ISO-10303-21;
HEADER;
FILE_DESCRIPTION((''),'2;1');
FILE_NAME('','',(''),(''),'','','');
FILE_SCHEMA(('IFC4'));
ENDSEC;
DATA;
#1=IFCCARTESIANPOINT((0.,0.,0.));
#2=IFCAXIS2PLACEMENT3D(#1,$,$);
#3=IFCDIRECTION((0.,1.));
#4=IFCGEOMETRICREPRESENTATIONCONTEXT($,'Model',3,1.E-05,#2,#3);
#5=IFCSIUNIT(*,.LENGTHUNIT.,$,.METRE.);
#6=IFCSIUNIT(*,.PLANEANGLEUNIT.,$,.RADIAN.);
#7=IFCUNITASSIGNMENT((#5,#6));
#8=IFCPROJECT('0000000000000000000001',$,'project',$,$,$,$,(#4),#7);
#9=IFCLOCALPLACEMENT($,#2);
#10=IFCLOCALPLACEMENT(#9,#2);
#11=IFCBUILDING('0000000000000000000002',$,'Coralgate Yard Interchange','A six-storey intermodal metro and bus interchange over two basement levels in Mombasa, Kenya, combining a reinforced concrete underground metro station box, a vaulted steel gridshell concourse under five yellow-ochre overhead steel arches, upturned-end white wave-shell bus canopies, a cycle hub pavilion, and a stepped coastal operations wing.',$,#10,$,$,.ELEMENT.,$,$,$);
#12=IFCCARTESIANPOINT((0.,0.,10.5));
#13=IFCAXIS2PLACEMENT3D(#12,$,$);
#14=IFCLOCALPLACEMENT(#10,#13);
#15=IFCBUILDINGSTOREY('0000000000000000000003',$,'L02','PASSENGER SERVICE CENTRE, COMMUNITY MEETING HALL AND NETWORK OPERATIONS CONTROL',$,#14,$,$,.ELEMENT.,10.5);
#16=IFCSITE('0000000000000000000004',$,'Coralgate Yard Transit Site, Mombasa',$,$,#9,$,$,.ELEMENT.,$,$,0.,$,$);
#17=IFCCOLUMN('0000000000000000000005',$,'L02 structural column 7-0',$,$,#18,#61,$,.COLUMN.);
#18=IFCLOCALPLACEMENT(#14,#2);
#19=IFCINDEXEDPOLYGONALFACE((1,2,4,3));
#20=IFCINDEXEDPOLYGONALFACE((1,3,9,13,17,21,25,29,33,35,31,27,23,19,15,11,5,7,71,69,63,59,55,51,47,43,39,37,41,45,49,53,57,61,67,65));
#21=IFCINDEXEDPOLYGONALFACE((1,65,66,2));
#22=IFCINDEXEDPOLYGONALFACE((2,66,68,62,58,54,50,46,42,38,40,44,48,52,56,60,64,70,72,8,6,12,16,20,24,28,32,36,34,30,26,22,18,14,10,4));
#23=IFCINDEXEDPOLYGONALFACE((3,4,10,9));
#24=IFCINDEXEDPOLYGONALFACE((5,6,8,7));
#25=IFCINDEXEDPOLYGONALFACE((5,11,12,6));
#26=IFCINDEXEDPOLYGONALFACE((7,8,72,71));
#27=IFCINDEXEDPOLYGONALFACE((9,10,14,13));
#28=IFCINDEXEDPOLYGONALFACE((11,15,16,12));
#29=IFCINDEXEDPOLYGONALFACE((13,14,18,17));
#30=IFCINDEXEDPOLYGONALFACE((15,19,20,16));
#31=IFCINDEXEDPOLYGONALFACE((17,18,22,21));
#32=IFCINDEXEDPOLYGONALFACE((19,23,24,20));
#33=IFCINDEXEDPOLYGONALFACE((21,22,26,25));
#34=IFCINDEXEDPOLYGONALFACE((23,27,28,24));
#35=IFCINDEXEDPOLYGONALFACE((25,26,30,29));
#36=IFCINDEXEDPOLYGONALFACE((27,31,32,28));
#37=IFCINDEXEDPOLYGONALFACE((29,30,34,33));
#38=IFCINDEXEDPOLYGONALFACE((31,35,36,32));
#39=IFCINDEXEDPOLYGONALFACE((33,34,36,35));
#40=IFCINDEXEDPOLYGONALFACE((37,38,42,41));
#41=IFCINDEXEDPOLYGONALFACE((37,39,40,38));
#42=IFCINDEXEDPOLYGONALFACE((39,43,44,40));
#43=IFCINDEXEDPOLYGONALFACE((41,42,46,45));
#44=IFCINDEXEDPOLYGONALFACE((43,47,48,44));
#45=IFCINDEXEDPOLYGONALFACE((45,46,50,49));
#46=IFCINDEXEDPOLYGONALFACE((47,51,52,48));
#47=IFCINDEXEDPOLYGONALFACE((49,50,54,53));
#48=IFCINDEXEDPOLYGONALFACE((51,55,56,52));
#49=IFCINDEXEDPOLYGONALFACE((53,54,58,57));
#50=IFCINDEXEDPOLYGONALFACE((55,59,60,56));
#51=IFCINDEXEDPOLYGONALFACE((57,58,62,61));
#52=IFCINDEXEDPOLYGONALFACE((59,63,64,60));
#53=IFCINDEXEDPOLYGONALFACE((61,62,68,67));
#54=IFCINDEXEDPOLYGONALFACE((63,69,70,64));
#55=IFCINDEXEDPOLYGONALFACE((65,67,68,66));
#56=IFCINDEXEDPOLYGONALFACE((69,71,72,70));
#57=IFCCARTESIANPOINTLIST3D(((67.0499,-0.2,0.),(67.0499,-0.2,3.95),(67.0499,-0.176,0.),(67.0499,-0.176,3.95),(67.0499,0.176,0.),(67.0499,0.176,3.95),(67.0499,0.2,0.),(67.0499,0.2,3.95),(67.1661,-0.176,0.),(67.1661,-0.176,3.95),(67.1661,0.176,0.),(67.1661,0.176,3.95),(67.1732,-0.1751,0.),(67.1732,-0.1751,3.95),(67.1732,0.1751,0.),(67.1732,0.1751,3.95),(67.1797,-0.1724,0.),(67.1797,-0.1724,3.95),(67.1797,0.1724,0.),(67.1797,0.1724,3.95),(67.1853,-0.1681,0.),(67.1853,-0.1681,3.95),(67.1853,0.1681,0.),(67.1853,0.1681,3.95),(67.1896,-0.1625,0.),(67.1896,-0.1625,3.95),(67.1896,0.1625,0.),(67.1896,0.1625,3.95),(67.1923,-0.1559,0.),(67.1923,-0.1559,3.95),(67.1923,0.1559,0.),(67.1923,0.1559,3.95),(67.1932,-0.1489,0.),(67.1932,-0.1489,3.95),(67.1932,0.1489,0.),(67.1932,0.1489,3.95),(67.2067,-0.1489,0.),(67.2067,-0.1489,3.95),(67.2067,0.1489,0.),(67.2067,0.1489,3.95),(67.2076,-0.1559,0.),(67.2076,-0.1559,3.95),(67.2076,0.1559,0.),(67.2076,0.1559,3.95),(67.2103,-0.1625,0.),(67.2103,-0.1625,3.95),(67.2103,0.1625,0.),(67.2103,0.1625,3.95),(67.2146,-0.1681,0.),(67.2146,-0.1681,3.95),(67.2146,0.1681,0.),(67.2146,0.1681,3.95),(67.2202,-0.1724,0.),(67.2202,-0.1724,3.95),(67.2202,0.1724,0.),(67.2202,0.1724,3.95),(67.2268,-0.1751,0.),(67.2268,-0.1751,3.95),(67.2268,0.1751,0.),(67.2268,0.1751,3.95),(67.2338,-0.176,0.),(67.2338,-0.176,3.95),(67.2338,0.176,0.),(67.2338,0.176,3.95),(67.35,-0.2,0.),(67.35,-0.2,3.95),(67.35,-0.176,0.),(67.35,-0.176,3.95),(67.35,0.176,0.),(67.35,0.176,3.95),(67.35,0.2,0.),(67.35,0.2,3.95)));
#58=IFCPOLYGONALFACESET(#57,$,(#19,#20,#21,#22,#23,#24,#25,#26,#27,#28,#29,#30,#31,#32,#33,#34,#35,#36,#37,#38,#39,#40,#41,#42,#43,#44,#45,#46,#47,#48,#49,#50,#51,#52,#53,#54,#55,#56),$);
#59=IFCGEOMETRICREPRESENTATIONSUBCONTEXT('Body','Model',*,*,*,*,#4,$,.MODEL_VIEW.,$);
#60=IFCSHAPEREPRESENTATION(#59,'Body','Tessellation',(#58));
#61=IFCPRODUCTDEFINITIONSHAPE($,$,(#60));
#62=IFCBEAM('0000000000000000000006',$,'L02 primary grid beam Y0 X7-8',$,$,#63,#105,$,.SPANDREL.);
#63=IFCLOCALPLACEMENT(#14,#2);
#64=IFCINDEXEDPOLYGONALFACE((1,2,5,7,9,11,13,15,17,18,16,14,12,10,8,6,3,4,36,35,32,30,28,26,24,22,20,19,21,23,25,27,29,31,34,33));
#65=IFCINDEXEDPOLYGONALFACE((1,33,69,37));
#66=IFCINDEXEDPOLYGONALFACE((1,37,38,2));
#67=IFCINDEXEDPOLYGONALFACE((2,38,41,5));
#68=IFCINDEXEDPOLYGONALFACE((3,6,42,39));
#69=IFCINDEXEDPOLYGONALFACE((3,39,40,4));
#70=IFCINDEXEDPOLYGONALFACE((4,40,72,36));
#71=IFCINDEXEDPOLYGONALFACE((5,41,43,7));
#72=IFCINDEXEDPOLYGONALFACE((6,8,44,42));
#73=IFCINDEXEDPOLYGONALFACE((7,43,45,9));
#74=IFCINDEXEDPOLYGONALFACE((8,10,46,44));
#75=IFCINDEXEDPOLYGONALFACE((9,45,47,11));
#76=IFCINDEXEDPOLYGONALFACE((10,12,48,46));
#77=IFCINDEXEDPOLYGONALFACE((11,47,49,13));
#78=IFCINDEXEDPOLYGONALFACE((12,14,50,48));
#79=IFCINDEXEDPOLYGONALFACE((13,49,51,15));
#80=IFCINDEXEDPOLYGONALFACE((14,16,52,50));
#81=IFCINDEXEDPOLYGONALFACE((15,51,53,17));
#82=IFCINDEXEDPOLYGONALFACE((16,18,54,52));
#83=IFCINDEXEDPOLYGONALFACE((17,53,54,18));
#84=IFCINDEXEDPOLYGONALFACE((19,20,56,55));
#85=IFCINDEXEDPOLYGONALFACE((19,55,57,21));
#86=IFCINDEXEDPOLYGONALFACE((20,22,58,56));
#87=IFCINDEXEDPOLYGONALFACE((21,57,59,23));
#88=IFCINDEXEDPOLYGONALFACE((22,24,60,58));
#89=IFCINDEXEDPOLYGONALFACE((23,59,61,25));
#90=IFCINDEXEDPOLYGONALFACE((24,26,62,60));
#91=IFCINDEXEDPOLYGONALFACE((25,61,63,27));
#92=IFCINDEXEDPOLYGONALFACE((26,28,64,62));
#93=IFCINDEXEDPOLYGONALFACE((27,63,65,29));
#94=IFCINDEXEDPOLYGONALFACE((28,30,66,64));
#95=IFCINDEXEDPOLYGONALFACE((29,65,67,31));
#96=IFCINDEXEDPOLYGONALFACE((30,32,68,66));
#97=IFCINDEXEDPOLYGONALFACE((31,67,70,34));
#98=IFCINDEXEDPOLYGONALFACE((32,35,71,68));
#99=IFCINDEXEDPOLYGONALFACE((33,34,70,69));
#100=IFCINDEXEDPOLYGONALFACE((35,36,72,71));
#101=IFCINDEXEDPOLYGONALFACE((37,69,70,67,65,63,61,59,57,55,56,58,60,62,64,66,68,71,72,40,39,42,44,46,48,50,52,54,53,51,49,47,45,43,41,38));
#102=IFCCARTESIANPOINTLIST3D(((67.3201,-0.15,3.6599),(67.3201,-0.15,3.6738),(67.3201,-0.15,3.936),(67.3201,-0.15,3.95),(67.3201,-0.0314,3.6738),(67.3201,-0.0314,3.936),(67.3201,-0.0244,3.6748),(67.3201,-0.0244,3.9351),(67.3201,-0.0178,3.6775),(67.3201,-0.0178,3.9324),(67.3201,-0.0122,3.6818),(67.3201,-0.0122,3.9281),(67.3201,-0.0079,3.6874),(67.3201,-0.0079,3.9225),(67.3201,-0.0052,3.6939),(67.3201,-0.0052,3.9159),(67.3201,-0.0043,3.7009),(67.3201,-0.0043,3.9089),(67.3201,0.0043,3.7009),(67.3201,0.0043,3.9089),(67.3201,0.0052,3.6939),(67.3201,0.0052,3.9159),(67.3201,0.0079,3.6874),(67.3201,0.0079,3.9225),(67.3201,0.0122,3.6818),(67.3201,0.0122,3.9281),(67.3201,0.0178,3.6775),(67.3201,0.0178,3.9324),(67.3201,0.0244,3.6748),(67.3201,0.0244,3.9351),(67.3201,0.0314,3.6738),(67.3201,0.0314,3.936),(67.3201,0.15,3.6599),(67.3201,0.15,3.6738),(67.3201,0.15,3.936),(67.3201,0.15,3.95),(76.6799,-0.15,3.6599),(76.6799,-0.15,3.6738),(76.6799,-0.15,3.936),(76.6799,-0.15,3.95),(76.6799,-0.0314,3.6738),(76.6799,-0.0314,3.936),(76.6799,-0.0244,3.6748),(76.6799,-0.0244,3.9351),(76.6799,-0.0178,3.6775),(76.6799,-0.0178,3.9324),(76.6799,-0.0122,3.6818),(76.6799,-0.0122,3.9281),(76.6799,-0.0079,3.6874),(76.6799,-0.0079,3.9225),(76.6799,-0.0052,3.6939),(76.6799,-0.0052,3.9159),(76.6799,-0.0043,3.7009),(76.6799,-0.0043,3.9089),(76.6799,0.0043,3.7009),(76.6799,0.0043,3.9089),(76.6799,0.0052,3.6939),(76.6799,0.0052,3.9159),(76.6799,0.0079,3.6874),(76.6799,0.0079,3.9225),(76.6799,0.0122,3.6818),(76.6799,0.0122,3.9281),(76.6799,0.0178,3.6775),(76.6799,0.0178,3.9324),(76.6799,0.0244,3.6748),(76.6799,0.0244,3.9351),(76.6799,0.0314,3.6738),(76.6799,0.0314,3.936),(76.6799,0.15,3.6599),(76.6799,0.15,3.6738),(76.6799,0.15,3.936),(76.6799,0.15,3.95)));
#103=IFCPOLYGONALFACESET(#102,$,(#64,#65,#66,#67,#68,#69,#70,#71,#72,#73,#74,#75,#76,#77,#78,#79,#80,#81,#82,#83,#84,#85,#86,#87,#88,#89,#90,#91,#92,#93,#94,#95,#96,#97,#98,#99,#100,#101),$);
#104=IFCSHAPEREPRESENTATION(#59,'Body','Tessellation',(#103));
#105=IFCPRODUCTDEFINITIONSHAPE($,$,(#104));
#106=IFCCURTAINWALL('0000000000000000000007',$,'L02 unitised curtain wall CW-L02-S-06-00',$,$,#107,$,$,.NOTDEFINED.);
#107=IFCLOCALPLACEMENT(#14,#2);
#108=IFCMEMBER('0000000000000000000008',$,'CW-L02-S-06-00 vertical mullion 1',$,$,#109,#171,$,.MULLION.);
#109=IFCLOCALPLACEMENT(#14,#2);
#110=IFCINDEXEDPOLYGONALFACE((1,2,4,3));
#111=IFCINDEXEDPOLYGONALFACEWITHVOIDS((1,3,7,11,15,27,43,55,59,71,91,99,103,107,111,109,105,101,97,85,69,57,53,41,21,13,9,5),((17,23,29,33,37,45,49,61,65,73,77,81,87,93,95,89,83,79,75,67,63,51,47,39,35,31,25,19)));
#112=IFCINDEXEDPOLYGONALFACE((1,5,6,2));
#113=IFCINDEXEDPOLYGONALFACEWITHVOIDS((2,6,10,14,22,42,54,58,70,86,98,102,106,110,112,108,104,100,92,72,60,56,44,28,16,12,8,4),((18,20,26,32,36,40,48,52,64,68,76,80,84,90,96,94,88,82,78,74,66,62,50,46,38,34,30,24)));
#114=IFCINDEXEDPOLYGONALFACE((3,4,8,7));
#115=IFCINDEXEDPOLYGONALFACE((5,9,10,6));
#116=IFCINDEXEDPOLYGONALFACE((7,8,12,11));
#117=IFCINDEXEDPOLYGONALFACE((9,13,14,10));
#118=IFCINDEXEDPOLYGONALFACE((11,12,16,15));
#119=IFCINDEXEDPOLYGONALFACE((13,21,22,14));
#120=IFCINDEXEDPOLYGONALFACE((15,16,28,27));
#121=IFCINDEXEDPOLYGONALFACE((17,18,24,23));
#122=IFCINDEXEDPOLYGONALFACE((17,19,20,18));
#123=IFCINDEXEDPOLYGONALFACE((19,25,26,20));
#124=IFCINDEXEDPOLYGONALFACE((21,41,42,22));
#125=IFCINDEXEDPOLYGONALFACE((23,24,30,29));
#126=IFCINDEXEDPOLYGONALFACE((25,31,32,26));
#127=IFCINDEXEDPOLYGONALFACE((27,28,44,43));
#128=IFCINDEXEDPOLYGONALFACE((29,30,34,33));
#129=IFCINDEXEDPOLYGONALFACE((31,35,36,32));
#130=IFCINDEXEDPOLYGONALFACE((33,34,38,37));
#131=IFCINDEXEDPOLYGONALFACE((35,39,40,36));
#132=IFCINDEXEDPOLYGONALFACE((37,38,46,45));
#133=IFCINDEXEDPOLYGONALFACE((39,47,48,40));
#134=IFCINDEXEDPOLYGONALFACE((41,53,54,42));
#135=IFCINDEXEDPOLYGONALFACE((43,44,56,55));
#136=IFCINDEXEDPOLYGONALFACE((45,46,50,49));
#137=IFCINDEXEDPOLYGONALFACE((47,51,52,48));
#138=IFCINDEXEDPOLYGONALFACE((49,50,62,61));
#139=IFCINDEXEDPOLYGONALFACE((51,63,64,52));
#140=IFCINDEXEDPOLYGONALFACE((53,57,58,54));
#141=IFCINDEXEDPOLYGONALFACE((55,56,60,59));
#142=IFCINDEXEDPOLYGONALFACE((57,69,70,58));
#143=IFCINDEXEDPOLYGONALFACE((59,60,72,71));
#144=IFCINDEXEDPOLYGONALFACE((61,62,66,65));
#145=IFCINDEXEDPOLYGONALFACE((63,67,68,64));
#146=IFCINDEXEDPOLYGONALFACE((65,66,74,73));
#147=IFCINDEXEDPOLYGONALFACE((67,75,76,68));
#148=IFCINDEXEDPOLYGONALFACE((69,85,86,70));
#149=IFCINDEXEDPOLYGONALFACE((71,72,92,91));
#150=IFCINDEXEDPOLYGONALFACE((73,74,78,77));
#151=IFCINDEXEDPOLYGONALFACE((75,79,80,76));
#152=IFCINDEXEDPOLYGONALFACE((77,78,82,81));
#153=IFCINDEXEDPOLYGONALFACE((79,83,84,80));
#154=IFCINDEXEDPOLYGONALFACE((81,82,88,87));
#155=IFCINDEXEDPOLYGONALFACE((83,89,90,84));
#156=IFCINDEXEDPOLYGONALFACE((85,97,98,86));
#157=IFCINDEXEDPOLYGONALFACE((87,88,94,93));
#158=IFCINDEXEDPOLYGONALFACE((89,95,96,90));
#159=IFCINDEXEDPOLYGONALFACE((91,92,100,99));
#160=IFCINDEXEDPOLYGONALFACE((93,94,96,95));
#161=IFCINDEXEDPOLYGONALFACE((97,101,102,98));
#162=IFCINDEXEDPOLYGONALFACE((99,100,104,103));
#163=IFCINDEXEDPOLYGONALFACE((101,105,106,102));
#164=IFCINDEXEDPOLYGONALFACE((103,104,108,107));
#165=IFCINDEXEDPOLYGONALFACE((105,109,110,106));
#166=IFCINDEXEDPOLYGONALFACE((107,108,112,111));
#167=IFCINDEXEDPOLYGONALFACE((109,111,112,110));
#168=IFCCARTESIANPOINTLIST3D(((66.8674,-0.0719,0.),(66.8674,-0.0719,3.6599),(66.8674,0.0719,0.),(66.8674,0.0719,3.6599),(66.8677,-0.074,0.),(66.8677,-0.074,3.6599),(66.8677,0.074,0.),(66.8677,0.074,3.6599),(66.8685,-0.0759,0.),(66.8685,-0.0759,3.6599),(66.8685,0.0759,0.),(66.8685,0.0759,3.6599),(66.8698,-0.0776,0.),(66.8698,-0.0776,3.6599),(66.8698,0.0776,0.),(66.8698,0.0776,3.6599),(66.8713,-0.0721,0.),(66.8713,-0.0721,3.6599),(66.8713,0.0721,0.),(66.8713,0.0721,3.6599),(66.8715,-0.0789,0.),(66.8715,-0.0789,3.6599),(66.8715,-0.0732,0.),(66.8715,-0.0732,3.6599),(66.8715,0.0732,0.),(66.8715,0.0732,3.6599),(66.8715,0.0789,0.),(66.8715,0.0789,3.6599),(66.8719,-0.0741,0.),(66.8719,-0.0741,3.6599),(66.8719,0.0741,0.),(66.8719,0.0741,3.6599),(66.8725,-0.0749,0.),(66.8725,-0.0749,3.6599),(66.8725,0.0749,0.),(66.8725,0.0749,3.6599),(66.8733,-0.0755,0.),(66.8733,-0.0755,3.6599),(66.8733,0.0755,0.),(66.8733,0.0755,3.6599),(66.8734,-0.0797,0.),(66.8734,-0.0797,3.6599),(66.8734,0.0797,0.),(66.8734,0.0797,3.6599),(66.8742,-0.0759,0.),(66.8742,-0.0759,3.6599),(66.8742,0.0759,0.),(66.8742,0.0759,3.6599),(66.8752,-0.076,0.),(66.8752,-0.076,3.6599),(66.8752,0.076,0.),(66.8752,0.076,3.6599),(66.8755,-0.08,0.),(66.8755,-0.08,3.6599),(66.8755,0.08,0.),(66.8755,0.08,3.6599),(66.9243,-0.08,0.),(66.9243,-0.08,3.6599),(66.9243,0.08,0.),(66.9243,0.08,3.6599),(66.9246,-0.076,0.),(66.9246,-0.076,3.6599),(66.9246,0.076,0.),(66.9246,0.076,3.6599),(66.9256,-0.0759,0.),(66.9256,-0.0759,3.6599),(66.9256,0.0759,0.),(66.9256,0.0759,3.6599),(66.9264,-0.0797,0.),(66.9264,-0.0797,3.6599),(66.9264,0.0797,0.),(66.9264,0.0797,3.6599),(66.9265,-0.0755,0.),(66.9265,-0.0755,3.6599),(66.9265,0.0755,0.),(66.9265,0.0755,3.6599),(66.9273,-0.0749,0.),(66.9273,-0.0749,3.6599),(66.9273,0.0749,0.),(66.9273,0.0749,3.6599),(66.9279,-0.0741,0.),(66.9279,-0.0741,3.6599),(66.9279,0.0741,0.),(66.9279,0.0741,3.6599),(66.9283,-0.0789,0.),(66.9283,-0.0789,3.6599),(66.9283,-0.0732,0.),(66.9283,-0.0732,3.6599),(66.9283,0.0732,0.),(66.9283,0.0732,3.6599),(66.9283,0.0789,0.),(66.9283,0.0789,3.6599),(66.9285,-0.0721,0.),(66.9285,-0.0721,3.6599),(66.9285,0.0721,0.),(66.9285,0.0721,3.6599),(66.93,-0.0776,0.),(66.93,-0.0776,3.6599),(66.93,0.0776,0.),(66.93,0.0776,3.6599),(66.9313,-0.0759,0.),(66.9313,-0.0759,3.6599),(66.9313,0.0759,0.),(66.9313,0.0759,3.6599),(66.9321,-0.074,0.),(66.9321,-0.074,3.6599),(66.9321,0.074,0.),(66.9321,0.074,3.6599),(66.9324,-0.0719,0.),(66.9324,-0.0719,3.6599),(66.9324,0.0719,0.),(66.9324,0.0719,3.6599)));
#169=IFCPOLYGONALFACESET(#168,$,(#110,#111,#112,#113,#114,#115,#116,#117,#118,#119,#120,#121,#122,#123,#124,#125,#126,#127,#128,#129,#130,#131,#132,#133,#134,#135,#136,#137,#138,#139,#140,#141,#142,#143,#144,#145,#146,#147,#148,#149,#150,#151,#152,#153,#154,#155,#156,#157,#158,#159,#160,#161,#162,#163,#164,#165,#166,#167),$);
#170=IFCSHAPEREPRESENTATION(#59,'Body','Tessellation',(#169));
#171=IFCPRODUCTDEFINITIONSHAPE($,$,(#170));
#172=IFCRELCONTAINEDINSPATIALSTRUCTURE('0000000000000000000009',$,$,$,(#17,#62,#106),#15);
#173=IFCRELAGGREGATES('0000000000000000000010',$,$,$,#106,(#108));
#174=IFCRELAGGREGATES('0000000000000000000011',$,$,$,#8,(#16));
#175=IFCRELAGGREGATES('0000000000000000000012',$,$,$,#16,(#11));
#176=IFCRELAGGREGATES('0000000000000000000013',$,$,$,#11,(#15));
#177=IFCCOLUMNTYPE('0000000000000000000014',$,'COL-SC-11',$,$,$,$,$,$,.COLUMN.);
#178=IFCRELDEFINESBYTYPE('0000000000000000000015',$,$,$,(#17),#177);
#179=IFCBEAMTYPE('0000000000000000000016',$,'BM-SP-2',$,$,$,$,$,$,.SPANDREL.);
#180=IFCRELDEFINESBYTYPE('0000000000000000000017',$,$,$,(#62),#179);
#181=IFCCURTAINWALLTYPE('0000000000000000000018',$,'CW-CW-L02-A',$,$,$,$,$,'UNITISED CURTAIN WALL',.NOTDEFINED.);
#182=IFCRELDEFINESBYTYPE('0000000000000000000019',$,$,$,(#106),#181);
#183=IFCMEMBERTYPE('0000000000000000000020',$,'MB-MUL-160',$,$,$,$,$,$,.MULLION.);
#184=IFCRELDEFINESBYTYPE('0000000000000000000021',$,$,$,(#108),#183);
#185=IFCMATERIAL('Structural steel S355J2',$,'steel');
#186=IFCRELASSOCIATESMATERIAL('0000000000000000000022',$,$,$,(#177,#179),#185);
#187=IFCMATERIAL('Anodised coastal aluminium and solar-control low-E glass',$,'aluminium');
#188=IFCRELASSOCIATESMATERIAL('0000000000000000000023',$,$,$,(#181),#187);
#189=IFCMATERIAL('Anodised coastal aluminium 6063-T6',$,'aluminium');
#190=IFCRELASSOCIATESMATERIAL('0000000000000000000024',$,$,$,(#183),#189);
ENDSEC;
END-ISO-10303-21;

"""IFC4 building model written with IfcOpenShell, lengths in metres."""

from ifc_helpers import new_model, si_unit, direction, frame, origin, origin_2d, place, context, subcontext, project, spatial, hollow_rectangle, i_section, extrude, material, material_profile, profile_set, type_object, element, aggregate, save


model = new_model("IFC4")

# Units and contexts
model_context = context("Model", 3, precision=1e-05, world=origin(), true_north=direction((0.0, 1.0)))
body_context = subcontext(model_context, "Body", "Model", "MODEL_VIEW")
ifc_project = project(units=[si_unit("LENGTHUNIT", "METRE"), si_unit("PLANEANGLEUNIT", "RADIAN")], contexts=[model_context])

# Site, building, storey
site_placement = place(None, origin())
site = spatial("IfcSite", under=ifc_project, at=site_placement, Name="Coralgate Yard Transit Site, Mombasa", CompositionType="ELEMENT", RefElevation=0.0)
building_placement = place(site_placement, origin())
building = spatial("IfcBuilding", under=site, at=building_placement, Name="Coralgate Yard Interchange", Description="A six-storey intermodal metro and bus interchange over two basement levels in Mombasa, Kenya, combining a reinforced concrete underground metro station box, a vaulted steel gridshell concourse under five yellow-ochre overhead steel arches, upturned-end white wave-shell bus canopies, a cycle hub pavilion, and a stepped coastal operations wing.", CompositionType="ELEMENT")
storey_placement = place(building_placement, frame((0.0, 0.0, 10.5)))
storey = spatial("IfcBuildingStorey", under=building, at=storey_placement, Name="L02", Description="PASSENGER SERVICE CENTRE, COMMUNITY MEETING HALL AND NETWORK OPERATIONS CONTROL", CompositionType="ELEMENT", Elevation=10.5)

# Column
ifc_material_1 = material(Name="Structural steel S355J2", Category="steel")
ifc_material_profile_1 = material_profile(ifc_material_1, i_section(OverallWidth=0.3, OverallDepth=0.3999, WebThickness=0.0134, FlangeThickness=0.0239, FilletRadius=0.0271, at=origin_2d()), Name="HEB 400")
ifc_profile_set_1 = profile_set([ifc_material_profile_1], Name="Structural steel S355J2")
column_type = type_object("IfcColumnType", Name="COL-SC-11", PredefinedType="COLUMN", material=ifc_profile_set_1)
column_placement = place(storey_placement, frame((67.2, 0.0, 0.0), z_axis=(0.0, 0.0, 1.0), x_axis=(1.0, 0.0, 0.0)))
element("IfcColumn", 1, at=column_placement, inside=storey, type_object=column_type, Name="L02 structural column 7-0", PredefinedType="COLUMN", context=body_context, shape_type="SweptSolid", body=[
    extrude(i_section(OverallWidth=0.3, OverallDepth=0.3999, WebThickness=0.0134, FlangeThickness=0.0239, FilletRadius=0.0271, at=origin_2d()), origin(), (0.0, 0.0, 1.0), 3.95),
])

# Beam
ifc_material_profile_2 = material_profile(ifc_material_1, i_section(OverallWidth=0.3, OverallDepth=0.29, WebThickness=0.0085, FlangeThickness=0.0139, FilletRadius=0.0271, at=origin_2d()), Name="HEA 300")
ifc_profile_set_2 = profile_set([ifc_material_profile_2], Name="Structural steel S355J2")
beam_type = type_object("IfcBeamType", Name="BM-SP-2", PredefinedType="SPANDREL", material=ifc_profile_set_2)
beam_placement = place(storey_placement, frame((67.3201, 0.0, 3.8049), z_axis=(1.0, 0.0, 0.0), x_axis=(0.0, 1.0, 0.0)))
element("IfcBeam", 2, at=beam_placement, inside=storey, type_object=beam_type, Name="L02 primary grid beam Y0 X7-8", PredefinedType="SPANDREL", context=body_context, shape_type="SweptSolid", body=[
    extrude(i_section(OverallWidth=0.3, OverallDepth=0.29, WebThickness=0.0085, FlangeThickness=0.0139, FilletRadius=0.0271, at=origin_2d()), origin(), (0.0, 0.0, 1.0), 9.3599),
])

# Curtain wall, member
ifc_material_2 = material(Name="Anodised coastal aluminium and solar-control low-E glass", Category="aluminium")
curtain_wall_type = type_object("IfcCurtainWallType", Name="CW-CW-L02-A", ElementType="UNITISED CURTAIN WALL", PredefinedType="NOTDEFINED", material=ifc_material_2)
curtain_wall_1_placement = place(storey_placement, origin())
curtain_wall_1 = element("IfcCurtainWall", 3, at=curtain_wall_1_placement, inside=storey, type_object=curtain_wall_type, Name="L02 unitised curtain wall CW-L02-S-06-00", PredefinedType="NOTDEFINED")
ifc_material_3 = material(Name="Anodised coastal aluminium 6063-T6", Category="aluminium")
ifc_material_profile_3 = material_profile(ifc_material_3, hollow_rectangle(XDim=0.0649, YDim=0.1599, WallThickness=0.0039, InnerFilletRadius=0.0039, OuterFilletRadius=0.0081, at=origin_2d()), Name="ALU 65x160x4")
ifc_profile_set_3 = profile_set([ifc_material_profile_3], Name="Anodised coastal aluminium 6063-T6")
member_type_1 = type_object("IfcMemberType", Name="MB-MUL-160", PredefinedType="MULLION", material=ifc_profile_set_3)
member_1_placement = place(storey_placement, frame((66.8999, 0.0, 0.0), z_axis=(0.0, 0.0, 1.0), x_axis=(1.0, 0.0, 0.0)))
member_1 = element("IfcMember", 4, at=member_1_placement, type_object=member_type_1, Name="CW-L02-S-06-00 vertical mullion 1", PredefinedType="MULLION", context=body_context, shape_type="SweptSolid", body=[
    extrude(hollow_rectangle(XDim=0.0649, YDim=0.1599, WallThickness=0.0039, InnerFilletRadius=0.0039, OuterFilletRadius=0.0081, at=origin_2d()), origin(), (0.0, 0.0, 1.0), 3.6599),
])

aggregate(curtain_wall_1, [member_1])

save(model, "model.ifc")
